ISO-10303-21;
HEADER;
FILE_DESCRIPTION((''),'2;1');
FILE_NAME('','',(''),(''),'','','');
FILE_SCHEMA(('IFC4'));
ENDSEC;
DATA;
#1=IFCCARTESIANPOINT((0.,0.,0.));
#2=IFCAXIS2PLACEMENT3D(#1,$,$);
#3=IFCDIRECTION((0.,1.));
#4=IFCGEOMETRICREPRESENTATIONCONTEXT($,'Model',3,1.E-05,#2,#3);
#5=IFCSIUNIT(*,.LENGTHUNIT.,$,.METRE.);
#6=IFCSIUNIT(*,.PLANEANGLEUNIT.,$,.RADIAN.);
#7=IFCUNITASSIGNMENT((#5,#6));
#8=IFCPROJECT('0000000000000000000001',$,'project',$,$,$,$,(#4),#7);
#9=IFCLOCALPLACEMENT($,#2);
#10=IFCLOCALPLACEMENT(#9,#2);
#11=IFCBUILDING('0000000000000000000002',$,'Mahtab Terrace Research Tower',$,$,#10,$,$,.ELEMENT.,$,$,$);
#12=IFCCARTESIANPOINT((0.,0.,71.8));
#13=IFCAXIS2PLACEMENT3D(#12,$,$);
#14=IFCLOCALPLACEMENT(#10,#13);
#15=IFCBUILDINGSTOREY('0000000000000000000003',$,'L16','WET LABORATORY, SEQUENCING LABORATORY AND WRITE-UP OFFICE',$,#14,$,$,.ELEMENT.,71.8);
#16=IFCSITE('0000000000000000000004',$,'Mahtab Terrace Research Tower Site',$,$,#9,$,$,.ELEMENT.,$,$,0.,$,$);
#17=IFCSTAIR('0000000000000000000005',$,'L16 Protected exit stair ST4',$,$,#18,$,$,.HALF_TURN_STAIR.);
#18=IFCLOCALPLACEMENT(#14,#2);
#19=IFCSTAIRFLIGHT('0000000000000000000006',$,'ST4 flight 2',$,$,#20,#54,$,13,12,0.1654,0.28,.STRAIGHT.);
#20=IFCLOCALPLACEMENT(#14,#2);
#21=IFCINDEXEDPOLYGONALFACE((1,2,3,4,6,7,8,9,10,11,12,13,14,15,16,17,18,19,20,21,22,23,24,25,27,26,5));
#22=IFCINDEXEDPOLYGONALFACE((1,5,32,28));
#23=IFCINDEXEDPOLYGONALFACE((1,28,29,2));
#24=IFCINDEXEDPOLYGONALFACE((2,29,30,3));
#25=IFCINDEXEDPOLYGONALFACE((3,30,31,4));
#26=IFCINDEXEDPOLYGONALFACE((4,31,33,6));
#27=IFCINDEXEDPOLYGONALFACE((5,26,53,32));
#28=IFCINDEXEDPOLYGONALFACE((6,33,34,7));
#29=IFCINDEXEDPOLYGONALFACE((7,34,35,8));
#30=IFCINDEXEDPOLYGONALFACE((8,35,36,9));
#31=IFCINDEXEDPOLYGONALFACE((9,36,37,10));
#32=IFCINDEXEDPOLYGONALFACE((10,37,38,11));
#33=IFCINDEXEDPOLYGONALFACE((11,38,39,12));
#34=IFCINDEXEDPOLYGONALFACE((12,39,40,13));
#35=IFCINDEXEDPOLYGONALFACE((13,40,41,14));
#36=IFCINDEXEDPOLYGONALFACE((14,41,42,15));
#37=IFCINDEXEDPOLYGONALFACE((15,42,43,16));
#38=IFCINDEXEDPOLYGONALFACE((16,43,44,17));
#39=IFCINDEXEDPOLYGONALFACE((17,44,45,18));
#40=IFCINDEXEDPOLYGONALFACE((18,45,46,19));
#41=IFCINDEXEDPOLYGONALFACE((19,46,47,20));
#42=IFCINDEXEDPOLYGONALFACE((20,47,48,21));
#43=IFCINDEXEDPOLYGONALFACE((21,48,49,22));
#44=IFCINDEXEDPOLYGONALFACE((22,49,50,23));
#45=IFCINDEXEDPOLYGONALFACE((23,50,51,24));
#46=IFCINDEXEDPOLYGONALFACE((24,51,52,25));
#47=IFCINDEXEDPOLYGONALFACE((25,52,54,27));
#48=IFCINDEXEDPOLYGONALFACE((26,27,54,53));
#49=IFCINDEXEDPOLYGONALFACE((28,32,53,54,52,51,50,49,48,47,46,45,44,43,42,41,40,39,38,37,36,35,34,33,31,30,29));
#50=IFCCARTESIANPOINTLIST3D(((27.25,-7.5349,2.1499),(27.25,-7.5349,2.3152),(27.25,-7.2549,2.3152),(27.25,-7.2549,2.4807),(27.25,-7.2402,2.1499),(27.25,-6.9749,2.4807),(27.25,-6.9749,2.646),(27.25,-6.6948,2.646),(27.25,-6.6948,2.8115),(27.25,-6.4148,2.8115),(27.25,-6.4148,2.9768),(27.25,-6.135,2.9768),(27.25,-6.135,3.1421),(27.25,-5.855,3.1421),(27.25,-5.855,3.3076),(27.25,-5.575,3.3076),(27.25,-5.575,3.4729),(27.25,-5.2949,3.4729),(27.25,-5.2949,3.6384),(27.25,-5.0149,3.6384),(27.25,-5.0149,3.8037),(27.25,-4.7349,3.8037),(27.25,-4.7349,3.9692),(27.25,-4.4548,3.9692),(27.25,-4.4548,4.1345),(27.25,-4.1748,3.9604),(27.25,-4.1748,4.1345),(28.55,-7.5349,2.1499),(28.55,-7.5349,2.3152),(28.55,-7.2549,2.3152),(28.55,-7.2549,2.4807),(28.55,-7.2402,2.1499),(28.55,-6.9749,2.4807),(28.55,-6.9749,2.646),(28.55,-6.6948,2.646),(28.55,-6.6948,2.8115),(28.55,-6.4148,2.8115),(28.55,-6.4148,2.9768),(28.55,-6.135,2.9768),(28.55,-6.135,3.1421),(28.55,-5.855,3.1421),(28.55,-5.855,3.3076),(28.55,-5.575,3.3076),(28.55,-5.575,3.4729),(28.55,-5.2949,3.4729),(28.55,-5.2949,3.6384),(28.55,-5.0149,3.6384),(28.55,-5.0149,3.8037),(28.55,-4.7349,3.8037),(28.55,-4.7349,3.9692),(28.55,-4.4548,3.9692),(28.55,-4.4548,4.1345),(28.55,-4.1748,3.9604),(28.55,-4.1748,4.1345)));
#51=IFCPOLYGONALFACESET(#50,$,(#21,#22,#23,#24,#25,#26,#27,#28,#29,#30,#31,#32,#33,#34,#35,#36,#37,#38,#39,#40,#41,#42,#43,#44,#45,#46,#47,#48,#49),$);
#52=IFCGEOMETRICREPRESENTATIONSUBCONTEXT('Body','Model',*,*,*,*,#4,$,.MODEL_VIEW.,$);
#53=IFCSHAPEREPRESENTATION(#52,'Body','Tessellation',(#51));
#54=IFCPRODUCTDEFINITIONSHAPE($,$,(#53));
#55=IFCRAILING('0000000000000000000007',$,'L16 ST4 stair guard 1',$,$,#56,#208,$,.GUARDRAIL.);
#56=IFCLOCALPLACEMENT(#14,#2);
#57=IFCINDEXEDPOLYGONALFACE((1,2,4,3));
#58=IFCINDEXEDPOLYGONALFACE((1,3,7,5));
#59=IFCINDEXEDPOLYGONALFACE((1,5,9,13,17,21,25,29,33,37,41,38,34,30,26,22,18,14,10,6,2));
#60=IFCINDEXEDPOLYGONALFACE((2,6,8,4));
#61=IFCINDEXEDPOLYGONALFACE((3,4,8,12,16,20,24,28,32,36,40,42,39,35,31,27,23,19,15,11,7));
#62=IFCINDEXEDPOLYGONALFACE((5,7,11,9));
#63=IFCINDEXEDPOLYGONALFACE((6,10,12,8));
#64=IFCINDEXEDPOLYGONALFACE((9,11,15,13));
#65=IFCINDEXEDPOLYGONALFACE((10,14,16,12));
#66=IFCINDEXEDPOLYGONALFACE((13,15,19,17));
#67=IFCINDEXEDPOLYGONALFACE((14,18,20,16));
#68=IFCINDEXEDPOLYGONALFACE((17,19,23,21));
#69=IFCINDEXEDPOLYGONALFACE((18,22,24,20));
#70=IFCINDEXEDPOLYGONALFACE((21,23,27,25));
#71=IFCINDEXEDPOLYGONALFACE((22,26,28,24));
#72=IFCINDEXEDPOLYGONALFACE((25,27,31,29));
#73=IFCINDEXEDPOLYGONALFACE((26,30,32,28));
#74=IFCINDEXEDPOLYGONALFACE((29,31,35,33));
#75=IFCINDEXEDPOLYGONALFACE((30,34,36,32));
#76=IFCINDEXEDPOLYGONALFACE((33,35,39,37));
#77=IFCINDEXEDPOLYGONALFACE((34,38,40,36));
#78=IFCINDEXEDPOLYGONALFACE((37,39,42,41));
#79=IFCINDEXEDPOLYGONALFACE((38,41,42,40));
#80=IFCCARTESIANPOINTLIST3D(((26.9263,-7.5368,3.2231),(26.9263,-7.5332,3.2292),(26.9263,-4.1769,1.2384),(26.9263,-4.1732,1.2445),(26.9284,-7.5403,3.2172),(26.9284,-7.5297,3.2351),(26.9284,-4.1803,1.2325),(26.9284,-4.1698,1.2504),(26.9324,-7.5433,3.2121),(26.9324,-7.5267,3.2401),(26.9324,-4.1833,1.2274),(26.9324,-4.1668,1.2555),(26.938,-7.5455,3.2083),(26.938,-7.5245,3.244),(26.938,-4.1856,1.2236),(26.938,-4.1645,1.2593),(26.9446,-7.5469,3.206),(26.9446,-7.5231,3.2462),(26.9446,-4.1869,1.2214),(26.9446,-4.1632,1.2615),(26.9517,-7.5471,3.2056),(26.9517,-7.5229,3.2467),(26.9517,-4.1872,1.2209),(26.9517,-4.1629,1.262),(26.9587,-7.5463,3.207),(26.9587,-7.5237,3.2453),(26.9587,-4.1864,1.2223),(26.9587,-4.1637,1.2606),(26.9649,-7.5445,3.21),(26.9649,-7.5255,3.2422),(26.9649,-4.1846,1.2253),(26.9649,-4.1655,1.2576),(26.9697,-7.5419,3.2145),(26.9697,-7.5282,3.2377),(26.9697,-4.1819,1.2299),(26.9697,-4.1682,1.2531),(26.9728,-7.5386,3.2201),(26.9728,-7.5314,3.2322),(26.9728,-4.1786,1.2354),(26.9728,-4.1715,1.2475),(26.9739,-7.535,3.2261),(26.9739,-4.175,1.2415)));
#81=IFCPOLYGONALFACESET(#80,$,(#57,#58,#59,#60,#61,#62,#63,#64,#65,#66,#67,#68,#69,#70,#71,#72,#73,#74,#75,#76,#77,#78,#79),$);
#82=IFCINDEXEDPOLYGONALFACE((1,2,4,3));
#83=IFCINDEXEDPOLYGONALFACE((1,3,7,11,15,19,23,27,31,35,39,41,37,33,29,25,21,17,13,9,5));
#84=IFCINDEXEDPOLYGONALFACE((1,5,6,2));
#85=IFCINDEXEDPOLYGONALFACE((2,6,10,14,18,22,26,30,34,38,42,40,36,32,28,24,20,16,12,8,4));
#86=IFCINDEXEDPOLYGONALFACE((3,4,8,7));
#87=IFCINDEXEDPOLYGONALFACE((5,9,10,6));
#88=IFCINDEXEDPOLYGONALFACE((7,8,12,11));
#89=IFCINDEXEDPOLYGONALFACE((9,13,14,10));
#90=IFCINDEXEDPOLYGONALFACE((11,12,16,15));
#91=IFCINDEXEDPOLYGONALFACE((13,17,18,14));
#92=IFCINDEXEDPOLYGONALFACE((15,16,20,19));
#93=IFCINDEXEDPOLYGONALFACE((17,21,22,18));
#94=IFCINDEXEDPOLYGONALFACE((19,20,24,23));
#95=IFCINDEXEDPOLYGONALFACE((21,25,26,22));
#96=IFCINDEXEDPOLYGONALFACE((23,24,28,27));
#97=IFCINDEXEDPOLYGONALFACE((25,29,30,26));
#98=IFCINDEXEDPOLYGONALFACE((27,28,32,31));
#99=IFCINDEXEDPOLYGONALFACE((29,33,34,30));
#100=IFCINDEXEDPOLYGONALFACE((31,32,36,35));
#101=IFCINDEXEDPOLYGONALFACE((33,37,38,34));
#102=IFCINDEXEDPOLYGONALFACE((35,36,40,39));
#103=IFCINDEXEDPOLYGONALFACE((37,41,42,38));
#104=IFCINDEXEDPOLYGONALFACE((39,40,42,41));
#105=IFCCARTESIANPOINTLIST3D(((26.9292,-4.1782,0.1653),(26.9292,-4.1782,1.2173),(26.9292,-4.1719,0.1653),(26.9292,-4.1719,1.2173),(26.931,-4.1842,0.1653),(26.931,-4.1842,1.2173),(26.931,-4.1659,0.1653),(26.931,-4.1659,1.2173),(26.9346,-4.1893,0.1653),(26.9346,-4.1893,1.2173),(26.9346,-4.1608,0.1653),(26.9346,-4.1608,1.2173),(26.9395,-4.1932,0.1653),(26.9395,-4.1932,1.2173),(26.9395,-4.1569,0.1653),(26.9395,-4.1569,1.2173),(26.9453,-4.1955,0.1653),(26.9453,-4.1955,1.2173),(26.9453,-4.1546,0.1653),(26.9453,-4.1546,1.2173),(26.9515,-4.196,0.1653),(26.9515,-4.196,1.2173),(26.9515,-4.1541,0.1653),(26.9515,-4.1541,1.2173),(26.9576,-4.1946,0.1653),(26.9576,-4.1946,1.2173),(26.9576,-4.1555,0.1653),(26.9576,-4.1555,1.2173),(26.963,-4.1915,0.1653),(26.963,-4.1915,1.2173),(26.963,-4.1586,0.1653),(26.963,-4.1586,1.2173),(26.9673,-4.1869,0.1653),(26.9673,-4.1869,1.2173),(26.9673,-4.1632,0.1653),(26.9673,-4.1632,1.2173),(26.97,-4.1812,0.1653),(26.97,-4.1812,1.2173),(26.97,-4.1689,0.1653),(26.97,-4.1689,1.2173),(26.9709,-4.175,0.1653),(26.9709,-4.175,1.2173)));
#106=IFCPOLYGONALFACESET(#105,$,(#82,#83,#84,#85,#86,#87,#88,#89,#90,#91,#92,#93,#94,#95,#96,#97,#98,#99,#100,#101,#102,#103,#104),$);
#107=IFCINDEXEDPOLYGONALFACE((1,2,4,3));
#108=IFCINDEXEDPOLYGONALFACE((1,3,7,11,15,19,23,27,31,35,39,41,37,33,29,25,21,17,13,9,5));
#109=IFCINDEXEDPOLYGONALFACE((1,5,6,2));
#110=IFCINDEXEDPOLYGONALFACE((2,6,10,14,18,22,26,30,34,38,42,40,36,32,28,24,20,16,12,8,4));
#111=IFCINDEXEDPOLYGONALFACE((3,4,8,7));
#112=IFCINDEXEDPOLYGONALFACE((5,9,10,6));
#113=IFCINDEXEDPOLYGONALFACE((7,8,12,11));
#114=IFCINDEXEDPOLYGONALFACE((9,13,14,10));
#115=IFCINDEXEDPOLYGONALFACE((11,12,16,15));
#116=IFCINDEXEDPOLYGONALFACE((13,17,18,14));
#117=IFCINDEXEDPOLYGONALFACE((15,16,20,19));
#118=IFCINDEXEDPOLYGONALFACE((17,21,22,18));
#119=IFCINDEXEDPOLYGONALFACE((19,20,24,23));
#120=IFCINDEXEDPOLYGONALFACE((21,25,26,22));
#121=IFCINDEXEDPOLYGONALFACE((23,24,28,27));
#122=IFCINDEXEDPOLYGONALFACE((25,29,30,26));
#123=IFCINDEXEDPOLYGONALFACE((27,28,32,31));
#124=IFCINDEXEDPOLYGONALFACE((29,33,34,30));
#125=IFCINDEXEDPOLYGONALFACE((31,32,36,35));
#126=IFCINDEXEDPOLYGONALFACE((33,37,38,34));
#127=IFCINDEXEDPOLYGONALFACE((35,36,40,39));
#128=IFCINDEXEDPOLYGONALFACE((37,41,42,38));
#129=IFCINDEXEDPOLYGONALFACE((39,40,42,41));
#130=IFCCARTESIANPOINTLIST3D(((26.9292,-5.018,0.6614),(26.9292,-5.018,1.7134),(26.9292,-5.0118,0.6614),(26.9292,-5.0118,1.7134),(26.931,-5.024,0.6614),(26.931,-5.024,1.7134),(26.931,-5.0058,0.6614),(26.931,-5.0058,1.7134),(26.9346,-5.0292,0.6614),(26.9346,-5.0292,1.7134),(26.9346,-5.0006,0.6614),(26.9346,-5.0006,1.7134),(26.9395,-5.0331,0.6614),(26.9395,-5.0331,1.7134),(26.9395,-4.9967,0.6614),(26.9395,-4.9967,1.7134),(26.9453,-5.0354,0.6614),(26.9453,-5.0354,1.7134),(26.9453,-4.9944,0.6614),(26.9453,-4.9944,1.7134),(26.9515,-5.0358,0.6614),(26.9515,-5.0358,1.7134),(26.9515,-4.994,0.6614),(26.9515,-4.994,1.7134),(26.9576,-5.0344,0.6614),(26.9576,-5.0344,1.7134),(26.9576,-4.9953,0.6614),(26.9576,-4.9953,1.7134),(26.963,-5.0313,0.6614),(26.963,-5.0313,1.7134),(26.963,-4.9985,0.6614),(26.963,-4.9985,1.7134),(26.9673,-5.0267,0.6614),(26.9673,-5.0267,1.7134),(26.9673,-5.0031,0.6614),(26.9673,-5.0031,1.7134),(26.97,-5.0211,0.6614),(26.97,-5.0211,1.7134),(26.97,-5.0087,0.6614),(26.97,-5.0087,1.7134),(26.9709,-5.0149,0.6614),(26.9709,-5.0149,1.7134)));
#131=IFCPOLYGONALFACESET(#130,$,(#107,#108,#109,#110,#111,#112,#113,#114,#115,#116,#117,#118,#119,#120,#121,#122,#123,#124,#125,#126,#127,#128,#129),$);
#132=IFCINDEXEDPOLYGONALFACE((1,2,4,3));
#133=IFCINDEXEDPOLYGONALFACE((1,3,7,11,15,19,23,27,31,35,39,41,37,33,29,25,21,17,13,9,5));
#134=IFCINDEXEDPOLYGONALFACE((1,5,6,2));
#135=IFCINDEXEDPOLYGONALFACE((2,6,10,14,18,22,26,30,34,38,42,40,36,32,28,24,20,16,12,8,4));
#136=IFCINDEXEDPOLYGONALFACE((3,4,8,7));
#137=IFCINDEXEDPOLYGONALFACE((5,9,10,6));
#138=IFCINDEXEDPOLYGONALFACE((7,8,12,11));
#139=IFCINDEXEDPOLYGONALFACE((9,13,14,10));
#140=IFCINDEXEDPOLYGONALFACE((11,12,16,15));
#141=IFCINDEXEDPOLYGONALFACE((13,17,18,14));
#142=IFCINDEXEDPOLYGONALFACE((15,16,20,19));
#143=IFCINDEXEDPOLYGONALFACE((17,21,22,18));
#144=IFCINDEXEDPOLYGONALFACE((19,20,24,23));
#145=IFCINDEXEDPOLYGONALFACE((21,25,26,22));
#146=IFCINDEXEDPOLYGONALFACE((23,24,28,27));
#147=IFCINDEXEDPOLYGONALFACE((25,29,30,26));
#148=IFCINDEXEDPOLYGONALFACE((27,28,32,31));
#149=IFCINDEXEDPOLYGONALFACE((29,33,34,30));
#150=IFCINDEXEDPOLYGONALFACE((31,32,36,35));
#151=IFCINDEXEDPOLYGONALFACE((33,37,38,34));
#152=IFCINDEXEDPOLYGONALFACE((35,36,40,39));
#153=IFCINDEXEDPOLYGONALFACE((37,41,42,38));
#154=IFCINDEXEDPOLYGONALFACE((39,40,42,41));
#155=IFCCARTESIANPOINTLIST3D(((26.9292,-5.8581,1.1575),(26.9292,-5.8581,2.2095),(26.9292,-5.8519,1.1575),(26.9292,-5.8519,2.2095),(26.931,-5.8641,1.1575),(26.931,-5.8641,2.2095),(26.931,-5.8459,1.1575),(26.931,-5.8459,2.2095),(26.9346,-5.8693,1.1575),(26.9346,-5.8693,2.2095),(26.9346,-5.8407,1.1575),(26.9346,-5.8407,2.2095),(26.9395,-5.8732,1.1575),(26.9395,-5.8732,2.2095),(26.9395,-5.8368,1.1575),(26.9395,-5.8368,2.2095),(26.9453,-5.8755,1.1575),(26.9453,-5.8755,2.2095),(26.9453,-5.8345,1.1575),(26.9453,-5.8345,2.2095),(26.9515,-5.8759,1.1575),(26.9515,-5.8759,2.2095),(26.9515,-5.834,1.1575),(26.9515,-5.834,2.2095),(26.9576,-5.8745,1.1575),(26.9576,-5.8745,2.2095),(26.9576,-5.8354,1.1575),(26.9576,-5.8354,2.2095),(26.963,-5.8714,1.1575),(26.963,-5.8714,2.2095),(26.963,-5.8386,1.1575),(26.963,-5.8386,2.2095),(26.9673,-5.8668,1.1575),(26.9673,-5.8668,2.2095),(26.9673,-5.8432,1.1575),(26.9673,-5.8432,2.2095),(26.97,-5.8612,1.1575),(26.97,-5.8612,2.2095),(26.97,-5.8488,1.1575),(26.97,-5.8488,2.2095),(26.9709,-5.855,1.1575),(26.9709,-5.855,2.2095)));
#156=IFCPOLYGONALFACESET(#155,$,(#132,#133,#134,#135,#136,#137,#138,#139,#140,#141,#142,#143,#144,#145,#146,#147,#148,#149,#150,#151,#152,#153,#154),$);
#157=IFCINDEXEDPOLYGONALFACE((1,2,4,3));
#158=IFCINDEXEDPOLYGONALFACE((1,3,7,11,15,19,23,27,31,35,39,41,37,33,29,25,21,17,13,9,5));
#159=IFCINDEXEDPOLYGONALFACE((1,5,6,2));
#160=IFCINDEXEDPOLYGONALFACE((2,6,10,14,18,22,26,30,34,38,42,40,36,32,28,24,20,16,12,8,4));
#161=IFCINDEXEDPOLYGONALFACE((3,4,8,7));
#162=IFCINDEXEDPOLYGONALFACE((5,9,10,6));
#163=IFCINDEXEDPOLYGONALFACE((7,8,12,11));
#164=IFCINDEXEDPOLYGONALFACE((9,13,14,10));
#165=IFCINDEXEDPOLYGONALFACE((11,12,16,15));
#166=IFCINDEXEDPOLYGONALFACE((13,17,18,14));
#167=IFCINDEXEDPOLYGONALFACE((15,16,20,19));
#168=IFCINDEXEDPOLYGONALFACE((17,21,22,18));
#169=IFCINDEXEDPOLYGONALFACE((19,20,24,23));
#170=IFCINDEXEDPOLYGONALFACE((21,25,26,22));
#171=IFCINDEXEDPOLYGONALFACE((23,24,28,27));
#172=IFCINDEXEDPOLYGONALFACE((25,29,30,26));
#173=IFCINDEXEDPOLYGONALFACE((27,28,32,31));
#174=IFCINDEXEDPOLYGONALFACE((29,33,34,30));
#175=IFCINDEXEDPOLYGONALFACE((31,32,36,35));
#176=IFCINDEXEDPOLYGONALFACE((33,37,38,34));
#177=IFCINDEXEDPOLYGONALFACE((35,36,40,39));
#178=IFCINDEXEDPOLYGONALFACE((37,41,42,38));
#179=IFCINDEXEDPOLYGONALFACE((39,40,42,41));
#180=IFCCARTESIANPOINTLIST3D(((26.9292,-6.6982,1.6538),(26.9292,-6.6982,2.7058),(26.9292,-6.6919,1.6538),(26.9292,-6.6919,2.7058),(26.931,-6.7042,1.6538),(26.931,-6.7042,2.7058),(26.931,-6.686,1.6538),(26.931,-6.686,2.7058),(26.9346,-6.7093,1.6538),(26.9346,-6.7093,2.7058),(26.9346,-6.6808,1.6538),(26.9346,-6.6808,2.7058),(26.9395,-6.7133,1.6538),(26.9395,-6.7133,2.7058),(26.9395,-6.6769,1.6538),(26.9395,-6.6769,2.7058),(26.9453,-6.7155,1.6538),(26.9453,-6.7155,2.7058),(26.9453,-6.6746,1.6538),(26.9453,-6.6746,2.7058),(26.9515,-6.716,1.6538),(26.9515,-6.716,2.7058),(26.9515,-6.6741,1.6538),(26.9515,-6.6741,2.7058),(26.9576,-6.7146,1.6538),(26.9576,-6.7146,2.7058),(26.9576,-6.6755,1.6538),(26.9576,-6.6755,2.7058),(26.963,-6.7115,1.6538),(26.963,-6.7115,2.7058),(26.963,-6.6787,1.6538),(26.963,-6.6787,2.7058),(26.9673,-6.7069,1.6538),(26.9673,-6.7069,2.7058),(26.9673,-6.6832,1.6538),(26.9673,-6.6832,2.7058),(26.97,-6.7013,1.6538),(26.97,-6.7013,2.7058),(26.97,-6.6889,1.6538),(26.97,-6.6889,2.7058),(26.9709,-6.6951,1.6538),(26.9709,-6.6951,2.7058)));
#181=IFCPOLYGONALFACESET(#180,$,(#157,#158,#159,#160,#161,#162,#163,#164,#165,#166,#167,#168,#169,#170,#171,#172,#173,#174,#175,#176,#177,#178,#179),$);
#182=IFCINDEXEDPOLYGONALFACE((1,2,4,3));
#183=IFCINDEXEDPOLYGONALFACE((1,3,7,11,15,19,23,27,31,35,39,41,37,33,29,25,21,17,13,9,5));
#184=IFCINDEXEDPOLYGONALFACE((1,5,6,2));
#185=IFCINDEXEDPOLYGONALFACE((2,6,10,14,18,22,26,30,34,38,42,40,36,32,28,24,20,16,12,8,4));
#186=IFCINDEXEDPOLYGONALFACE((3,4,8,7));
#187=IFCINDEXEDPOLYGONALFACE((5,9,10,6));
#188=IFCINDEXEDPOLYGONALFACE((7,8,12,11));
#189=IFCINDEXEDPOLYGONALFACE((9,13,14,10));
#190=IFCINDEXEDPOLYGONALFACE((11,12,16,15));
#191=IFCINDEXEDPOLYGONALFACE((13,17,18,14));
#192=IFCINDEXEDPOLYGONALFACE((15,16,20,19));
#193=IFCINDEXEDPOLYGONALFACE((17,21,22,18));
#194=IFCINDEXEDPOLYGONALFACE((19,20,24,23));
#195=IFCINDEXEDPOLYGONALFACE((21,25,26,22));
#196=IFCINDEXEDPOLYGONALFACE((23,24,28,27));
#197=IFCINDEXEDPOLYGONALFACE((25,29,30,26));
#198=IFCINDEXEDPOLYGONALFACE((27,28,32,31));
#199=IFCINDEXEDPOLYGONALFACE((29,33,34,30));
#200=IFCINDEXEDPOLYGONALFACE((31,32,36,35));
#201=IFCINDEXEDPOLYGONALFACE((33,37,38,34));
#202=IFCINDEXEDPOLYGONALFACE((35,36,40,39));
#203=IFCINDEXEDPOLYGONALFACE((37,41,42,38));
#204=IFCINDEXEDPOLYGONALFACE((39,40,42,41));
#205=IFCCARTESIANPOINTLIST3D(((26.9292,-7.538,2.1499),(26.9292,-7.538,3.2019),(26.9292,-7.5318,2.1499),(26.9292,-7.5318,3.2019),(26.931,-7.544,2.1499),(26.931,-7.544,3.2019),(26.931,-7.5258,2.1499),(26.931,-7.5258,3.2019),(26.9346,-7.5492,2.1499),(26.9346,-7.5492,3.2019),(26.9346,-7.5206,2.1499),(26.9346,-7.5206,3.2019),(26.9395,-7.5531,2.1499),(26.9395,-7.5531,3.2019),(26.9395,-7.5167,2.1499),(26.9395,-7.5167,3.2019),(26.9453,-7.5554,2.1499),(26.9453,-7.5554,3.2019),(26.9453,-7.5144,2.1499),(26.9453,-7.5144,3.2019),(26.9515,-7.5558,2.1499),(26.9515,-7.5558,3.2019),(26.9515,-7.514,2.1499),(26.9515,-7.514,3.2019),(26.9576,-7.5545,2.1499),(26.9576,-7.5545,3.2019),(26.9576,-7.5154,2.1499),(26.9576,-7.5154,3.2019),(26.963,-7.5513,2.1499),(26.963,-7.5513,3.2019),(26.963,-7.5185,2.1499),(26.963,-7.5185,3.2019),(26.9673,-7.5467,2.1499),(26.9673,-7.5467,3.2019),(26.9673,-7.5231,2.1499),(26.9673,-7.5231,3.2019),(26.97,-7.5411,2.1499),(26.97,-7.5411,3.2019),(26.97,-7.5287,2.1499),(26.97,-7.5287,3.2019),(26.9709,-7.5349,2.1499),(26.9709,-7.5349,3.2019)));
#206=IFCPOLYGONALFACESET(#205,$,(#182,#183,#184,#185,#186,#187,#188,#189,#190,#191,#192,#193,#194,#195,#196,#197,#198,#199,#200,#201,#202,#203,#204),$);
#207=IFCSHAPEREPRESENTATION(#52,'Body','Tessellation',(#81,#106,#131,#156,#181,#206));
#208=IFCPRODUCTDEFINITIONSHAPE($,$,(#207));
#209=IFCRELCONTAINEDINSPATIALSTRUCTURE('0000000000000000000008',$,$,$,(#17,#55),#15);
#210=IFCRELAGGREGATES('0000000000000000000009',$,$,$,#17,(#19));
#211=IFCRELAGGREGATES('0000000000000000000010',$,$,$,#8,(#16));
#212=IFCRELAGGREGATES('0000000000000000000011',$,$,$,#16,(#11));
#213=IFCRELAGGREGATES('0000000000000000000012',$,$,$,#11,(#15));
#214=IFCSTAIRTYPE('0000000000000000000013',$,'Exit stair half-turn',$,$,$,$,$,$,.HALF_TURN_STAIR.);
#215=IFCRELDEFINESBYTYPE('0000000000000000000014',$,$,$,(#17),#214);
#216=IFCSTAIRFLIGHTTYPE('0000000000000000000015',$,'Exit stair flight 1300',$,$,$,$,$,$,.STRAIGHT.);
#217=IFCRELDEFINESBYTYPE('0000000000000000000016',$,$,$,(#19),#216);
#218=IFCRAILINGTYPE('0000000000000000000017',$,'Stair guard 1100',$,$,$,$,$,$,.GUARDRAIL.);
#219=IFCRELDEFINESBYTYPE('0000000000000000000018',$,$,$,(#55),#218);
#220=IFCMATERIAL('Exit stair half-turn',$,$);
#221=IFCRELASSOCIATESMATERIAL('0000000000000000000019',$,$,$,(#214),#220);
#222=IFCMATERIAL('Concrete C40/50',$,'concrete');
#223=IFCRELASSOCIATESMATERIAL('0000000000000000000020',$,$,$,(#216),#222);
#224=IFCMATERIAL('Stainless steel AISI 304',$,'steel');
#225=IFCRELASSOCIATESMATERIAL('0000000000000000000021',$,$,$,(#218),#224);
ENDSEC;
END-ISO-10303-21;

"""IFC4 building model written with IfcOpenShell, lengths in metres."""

from ifc_helpers import new_model, si_unit, direction, frame, origin, origin_2d, place, context, subcontext, project, spatial, polyline, circle, outline, extrude, material, type_object, element, aggregate, save


model = new_model("IFC4")

# Units and contexts
model_context = context("Model", 3, precision=1e-05, world=origin(), true_north=direction((0.0, 1.0)))
body_context = subcontext(model_context, "Body", "Model", "MODEL_VIEW")
ifc_project = project(units=[si_unit("LENGTHUNIT", "METRE"), si_unit("PLANEANGLEUNIT", "RADIAN")], contexts=[model_context])

# Site, building, storey
site_placement = place(None, origin())
site = spatial("IfcSite", under=ifc_project, at=site_placement, Name="Mahtab Terrace Research Tower Site", CompositionType="ELEMENT", RefElevation=0.0)
building_placement = place(site_placement, origin())
building = spatial("IfcBuilding", under=site, at=building_placement, Name="Mahtab Terrace Research Tower", CompositionType="ELEMENT")
storey_placement = place(building_placement, frame((0.0, 0.0, 71.8)))
storey = spatial("IfcBuildingStorey", under=building, at=storey_placement, Name="L16", Description="WET LABORATORY, SEQUENCING LABORATORY AND WRITE-UP OFFICE", CompositionType="ELEMENT", Elevation=71.8)

# Stair, stair flight
ifc_material_1 = material(Name="Exit stair half-turn")
stair_type = type_object("IfcStairType", Name="Exit stair half-turn", PredefinedType="HALF_TURN_STAIR", material=ifc_material_1)
stair_placement = place(storey_placement, origin())
stair = element("IfcStair", 1, at=stair_placement, inside=storey, type_object=stair_type, Name="L16 Protected exit stair ST4", PredefinedType="HALF_TURN_STAIR")
ifc_material_2 = material(Name="Concrete C40/50", Category="concrete")
stair_flight_type = type_object("IfcStairFlightType", Name="Exit stair flight 1300", PredefinedType="STRAIGHT", material=ifc_material_2)
stair_flight_placement = place(storey_placement, frame((27.8999, -7.5349, 2.1499), z_axis=(0.0, 0.0, 1.0), x_axis=(0.0, 1.0, 0.0)))
stair_flight = element("IfcStairFlight", 2, at=stair_flight_placement, type_object=stair_flight_type, Name="ST4 flight 2", NumberOfRisers=13, NumberOfTreads=12, PredefinedType="STRAIGHT", RiserHeight=0.1654, TreadLength=0.28, context=body_context, shape_type="SweptSolid", body=[
    extrude(outline(polyline([(0.0, 0.0), (0.0, 0.1653), (0.28, 0.1653), (0.28, 0.3308), (0.5601, 0.3308), (0.5601, 0.4961), (0.8401, 0.4961), (0.8401, 0.6616), (1.1201, 0.6616), (1.1201, 0.8269), (1.3999, 0.8269), (1.3999, 0.9922), (1.6799, 0.9922), (1.6799, 1.1577), (1.96, 1.1577), (1.96, 1.323), (2.24, 1.323), (2.24, 1.4885), (2.52, 1.4885), (2.52, 1.6538), (2.8, 1.6538), (2.8, 1.8193), (3.0801, 1.8193), (3.0801, 1.9846), (3.3601, 1.9846), (3.3601, 2.1499), (3.3601, 1.8105), (0.2947, 0.0), (0.0, 0.0)])), frame((0.0, 0.6499, 0.0), z_axis=(0.0, -1.0, 0.0), x_axis=(1.0, 0.0, 0.0)), (0.0, 0.0, 1.0), 1.3),
])
aggregate(stair, [stair_flight])

# Railing
ifc_material_3 = material(Name="Stainless steel AISI 304", Category="steel")
railing_type_1 = type_object("IfcRailingType", Name="Stair guard 1100", PredefinedType="GUARDRAIL", material=ifc_material_3)
railing_1_placement = place(storey_placement, frame((26.95, -4.175, 0.1653)))
element("IfcRailing", 3, at=railing_1_placement, inside=storey, type_object=railing_type_1, Name="L16 ST4 stair guard 1", PredefinedType="GUARDRAIL", context=body_context, shape_type="SweptSolid", body=[
    extrude(circle(Radius=0.0239, at=origin_2d()), frame((0.0, 0.0, 1.0762), z_axis=(0.0, -0.861011, 0.508586), x_axis=(1.0, 0.0, 0.0)), (0.0, 0.0, 1.0), 3.9023),
    extrude(circle(Radius=0.021, at=origin_2d()), origin(), (0.0, 0.0, 1.0), 1.052),
    extrude(circle(Radius=0.021, at=origin_2d()), frame((0.0, -0.8398, 0.4961)), (0.0, 0.0, 1.0), 1.052),
    extrude(circle(Radius=0.021, at=origin_2d()), frame((0.0, -1.6799, 0.9922)), (0.0, 0.0, 1.0), 1.052),
    extrude(circle(Radius=0.021, at=origin_2d()), frame((0.0, -2.52, 1.4885)), (0.0, 0.0, 1.0), 1.052),
    extrude(circle(Radius=0.021, at=origin_2d()), frame((0.0, -3.3599, 1.9846)), (0.0, 0.0, 1.0), 1.052),
])

save(model, "model.ifc")
